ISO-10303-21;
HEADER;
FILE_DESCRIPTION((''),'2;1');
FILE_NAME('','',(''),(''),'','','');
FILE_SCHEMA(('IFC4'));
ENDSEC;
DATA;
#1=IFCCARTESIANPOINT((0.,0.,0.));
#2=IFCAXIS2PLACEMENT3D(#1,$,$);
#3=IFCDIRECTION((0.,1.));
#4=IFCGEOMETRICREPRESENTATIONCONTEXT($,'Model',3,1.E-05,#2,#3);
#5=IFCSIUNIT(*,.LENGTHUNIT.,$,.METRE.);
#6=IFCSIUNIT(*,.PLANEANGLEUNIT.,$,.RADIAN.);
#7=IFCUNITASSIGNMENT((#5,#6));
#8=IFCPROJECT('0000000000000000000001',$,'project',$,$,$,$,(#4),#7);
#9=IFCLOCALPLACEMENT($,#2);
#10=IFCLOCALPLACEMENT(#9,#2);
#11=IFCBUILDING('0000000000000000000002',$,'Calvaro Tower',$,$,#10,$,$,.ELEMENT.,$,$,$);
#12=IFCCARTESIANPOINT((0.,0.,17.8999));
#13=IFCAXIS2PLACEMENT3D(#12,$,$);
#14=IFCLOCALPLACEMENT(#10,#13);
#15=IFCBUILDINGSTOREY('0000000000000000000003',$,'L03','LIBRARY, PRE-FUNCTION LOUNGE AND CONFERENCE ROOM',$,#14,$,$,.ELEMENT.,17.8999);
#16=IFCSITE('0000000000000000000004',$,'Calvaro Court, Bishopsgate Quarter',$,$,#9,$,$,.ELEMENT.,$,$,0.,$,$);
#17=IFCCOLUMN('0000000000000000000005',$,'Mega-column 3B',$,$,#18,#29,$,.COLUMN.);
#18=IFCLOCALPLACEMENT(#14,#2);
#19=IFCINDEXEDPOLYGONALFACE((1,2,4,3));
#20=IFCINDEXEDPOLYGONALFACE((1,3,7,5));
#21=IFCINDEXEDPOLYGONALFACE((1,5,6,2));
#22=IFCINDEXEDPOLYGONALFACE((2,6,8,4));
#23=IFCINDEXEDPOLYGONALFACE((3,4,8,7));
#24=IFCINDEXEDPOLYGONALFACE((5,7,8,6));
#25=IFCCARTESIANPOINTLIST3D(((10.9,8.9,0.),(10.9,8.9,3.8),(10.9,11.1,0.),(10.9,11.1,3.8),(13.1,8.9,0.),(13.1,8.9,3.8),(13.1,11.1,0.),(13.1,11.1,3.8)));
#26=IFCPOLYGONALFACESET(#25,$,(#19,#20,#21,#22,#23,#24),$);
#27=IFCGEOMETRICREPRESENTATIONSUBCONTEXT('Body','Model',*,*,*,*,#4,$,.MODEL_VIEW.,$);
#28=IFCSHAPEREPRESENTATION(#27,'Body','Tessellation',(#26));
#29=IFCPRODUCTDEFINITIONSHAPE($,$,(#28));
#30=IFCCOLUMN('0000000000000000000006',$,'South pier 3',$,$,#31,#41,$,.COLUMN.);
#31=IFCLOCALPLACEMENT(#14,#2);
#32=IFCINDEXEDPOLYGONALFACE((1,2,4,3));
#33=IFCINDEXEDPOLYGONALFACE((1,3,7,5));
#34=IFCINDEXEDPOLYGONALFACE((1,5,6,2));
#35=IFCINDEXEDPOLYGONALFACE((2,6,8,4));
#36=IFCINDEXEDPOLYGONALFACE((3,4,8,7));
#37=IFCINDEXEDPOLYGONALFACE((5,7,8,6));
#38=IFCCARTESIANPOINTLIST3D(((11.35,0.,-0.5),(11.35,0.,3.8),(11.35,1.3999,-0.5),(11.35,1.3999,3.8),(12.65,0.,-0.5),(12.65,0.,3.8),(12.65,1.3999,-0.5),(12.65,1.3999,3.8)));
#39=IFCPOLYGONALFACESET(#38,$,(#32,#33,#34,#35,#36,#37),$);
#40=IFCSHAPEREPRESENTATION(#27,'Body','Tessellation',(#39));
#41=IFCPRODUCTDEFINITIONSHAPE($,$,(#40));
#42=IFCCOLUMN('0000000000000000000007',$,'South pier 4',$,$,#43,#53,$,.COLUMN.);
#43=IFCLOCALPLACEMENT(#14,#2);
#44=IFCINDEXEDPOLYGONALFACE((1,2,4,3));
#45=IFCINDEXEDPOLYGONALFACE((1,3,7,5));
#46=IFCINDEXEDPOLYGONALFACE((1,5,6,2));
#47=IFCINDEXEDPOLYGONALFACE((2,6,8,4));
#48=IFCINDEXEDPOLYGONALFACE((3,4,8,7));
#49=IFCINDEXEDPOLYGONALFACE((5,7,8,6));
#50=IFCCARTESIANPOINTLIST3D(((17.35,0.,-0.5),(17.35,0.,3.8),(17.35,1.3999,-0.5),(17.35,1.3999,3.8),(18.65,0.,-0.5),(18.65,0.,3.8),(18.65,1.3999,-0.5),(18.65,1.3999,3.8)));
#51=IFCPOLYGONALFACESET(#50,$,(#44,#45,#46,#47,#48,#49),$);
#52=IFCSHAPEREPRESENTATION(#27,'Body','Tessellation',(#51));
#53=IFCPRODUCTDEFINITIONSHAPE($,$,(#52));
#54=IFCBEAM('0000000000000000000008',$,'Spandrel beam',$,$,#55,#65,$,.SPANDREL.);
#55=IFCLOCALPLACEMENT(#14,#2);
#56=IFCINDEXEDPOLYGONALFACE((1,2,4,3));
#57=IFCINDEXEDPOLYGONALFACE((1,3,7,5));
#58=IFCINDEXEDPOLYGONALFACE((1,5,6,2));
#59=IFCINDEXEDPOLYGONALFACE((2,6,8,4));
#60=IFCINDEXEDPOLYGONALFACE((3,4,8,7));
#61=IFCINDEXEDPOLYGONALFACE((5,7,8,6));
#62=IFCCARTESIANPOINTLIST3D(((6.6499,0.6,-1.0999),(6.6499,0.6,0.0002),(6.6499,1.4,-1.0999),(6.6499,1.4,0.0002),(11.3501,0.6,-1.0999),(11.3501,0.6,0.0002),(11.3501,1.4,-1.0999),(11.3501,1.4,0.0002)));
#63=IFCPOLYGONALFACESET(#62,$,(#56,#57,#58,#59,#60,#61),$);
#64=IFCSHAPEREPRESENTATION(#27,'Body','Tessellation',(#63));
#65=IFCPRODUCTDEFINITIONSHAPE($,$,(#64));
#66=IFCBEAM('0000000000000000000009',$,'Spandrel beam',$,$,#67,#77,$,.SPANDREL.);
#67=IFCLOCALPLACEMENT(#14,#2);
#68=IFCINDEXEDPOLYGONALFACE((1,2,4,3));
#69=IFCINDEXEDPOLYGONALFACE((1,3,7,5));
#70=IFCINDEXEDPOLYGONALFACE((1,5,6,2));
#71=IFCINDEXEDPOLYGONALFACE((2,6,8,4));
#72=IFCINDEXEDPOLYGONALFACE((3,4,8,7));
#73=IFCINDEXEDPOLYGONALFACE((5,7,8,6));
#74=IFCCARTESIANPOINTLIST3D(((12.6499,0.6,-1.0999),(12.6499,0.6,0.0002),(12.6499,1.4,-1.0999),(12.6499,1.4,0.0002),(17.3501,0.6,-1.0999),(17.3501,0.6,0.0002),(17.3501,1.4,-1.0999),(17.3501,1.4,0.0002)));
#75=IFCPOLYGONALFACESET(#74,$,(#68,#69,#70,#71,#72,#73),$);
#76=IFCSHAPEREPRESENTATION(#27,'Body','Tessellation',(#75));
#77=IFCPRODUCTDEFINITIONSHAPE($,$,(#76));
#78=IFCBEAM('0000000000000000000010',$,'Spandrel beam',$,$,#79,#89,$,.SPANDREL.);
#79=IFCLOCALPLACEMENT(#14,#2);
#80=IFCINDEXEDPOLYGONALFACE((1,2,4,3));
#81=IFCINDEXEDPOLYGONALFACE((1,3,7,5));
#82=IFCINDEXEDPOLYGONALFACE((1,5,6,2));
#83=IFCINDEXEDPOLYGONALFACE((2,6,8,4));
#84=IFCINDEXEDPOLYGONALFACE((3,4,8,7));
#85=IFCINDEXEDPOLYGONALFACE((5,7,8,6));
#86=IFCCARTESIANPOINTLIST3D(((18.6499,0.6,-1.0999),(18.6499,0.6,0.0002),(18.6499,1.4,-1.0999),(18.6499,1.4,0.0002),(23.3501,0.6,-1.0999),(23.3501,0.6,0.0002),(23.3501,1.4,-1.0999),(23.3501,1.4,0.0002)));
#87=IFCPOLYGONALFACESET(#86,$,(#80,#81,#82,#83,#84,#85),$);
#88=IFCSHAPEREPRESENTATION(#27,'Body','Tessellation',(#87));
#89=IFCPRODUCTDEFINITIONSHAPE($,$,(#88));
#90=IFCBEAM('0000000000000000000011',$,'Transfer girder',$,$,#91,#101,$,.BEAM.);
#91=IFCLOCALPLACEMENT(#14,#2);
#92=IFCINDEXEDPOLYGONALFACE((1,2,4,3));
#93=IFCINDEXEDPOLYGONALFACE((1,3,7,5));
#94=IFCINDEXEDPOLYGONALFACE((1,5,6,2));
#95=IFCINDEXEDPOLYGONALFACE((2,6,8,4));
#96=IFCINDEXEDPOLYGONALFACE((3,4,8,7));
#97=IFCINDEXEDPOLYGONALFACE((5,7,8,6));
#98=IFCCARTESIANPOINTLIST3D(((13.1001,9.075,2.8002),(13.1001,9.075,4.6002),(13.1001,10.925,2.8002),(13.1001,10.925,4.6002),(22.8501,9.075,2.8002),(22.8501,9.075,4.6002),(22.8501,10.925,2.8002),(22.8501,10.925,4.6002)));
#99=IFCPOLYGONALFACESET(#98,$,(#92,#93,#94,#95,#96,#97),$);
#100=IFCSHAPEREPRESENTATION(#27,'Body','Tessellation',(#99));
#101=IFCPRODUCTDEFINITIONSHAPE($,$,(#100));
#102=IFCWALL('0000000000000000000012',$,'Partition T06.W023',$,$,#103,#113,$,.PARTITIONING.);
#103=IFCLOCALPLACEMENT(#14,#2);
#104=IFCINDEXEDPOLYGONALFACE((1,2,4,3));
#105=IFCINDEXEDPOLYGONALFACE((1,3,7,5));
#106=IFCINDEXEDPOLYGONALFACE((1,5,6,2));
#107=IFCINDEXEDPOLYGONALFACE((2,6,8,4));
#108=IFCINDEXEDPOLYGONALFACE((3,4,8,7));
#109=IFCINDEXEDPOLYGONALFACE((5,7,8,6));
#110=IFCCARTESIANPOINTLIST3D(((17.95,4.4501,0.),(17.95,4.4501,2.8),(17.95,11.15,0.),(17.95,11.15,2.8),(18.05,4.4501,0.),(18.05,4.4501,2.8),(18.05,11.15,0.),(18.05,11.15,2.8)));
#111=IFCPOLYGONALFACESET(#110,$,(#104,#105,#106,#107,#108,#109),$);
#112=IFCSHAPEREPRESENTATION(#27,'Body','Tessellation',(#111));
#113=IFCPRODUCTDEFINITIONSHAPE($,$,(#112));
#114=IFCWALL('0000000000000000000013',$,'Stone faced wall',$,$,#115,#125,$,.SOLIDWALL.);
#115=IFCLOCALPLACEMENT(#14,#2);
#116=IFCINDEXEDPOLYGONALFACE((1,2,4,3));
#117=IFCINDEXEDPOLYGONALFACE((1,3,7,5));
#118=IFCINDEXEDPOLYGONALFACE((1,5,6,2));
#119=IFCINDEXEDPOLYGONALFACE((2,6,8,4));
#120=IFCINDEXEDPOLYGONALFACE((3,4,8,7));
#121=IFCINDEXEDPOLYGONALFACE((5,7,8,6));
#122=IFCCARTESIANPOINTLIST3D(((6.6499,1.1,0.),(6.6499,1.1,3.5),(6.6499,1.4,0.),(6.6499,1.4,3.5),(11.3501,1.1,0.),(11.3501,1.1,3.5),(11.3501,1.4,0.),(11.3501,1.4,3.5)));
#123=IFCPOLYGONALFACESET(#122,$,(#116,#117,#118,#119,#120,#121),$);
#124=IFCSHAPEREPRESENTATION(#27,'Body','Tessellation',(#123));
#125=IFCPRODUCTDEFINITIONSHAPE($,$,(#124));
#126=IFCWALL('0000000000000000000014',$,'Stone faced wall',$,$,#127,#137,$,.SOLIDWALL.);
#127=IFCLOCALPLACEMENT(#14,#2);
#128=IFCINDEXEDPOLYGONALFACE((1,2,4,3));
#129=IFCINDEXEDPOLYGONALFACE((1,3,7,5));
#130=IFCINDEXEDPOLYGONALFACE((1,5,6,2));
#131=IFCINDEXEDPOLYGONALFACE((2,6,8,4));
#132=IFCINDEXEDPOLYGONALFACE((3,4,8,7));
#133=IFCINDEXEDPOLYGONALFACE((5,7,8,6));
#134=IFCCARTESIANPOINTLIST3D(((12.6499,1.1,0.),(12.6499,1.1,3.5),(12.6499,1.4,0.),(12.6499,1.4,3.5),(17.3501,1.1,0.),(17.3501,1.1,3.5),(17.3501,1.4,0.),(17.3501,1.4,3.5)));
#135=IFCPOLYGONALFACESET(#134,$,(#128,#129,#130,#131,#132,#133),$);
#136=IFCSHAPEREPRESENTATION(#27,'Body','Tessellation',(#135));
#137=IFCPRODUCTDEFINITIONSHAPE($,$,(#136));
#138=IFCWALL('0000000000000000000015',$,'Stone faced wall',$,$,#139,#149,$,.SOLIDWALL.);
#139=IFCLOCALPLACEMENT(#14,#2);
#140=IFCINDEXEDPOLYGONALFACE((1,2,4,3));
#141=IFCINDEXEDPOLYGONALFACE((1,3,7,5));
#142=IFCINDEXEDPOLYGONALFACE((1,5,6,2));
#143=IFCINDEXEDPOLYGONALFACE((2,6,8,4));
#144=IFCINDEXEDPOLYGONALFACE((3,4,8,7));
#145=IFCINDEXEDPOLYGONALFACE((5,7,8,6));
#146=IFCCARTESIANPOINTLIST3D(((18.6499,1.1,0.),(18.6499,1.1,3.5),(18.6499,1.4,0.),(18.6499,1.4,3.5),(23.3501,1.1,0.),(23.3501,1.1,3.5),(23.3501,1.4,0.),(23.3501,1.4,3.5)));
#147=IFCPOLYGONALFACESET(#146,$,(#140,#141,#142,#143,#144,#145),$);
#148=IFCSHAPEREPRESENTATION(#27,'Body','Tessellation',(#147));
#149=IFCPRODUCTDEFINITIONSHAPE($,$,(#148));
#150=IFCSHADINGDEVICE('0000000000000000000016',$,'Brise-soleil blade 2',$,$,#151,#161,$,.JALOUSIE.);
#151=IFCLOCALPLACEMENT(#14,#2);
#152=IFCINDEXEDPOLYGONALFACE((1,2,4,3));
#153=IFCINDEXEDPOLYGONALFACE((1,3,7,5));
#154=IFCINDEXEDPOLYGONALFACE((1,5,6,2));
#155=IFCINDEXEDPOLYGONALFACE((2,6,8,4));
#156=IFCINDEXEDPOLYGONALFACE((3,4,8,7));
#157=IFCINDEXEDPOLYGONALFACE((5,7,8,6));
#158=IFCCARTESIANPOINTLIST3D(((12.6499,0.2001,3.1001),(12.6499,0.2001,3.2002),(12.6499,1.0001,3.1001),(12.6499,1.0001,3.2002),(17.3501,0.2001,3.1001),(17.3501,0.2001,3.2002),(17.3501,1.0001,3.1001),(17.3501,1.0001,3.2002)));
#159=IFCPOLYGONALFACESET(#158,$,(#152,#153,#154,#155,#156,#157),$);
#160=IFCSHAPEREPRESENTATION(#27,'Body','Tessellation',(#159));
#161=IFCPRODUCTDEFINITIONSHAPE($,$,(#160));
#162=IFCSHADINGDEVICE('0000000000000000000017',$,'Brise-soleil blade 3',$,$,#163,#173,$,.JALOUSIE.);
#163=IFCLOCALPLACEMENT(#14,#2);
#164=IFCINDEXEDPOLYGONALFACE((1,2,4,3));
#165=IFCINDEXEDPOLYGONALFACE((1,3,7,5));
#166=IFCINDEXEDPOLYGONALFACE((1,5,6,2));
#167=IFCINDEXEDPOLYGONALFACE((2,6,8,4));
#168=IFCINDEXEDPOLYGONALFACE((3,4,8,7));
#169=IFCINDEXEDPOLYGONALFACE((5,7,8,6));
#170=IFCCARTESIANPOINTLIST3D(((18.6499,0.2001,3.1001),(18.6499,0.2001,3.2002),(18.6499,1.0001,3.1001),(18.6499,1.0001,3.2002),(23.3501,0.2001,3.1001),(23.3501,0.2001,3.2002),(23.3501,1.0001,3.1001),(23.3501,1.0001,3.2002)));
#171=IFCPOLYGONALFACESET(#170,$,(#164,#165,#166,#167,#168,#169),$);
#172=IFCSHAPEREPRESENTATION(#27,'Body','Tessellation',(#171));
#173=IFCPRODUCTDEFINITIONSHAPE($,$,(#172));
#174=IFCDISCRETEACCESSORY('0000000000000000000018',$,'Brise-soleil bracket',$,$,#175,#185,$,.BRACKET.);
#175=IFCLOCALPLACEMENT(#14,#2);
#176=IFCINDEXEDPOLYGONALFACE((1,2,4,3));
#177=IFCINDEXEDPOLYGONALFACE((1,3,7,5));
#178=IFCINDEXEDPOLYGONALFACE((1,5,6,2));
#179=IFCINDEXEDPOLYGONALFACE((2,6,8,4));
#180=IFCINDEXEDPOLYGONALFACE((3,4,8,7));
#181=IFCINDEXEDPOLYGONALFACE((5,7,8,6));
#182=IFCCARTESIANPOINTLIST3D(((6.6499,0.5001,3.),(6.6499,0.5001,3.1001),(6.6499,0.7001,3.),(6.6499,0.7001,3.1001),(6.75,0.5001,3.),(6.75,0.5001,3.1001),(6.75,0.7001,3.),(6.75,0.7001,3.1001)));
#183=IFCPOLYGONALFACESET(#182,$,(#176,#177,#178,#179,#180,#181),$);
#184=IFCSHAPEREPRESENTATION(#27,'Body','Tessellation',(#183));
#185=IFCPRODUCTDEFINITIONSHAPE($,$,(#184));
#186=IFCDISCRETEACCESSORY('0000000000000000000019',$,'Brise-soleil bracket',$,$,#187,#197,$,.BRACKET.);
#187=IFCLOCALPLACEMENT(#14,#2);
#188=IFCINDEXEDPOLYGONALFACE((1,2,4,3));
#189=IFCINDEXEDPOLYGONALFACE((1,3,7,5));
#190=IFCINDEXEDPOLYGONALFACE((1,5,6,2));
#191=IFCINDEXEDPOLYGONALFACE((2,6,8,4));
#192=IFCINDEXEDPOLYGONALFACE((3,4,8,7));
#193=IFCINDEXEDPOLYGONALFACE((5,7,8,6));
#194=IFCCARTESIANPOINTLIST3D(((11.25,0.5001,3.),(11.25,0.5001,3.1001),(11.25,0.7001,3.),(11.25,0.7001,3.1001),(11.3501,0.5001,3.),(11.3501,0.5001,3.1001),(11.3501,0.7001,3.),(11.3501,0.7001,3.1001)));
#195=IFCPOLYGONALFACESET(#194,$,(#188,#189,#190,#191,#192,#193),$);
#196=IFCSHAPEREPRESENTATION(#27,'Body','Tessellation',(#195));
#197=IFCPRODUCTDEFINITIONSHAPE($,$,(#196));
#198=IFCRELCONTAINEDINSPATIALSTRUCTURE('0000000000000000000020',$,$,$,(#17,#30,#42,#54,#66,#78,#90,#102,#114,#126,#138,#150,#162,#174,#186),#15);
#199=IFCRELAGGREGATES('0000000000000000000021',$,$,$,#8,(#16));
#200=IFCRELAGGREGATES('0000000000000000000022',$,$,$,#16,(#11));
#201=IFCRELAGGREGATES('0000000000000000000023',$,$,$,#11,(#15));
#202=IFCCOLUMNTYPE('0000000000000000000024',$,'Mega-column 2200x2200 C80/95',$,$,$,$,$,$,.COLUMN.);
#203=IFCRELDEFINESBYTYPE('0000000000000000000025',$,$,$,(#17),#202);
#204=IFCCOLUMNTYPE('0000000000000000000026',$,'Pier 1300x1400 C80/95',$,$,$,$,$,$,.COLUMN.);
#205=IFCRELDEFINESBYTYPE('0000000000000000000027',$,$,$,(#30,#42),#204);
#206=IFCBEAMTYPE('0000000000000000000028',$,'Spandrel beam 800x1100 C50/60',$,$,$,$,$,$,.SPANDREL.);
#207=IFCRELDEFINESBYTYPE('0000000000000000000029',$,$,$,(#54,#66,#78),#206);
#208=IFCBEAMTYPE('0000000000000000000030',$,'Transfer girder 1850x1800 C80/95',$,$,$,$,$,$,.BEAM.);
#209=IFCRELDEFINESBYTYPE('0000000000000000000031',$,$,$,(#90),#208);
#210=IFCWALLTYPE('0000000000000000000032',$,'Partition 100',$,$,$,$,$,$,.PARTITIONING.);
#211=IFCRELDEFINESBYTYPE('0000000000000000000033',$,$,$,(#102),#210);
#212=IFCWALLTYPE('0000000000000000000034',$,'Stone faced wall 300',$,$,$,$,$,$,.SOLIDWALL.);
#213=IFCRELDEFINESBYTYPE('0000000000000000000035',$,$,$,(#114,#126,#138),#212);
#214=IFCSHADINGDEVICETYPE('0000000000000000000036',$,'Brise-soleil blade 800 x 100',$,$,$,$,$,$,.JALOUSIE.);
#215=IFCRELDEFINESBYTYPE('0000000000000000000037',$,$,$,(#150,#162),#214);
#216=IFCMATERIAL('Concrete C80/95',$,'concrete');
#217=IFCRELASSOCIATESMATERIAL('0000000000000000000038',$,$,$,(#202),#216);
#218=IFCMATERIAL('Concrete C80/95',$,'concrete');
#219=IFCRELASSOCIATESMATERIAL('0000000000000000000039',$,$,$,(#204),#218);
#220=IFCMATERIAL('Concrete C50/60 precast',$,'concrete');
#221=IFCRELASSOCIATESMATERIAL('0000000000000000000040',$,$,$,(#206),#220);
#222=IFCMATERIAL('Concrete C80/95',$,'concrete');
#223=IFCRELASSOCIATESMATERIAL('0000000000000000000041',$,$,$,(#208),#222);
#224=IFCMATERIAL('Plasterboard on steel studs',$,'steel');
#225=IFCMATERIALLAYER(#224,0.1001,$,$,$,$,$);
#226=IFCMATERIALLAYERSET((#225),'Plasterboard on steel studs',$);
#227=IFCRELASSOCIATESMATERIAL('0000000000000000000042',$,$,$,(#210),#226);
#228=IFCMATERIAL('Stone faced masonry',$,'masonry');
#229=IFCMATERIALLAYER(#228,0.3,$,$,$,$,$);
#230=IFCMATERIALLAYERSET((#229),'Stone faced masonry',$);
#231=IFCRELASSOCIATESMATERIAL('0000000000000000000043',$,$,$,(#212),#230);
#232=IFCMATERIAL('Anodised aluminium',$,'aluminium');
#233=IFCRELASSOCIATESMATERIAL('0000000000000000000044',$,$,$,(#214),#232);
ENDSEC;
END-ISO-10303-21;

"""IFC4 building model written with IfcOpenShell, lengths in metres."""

from ifc_helpers import new_model, si_unit, direction, frame, frame_2d, origin, origin_2d, place, context, subcontext, project, spatial, rectangle, extrude, material, layer, layer_set, material_profile, profile_set, type_object, element, save


model = new_model("IFC4")

# Units and contexts
model_context = context("Model", 3, precision=1e-05, world=origin(), true_north=direction((0.0, 1.0)))
body_context = subcontext(model_context, "Body", "Model", "MODEL_VIEW")
ifc_project = project(units=[si_unit("LENGTHUNIT", "METRE"), si_unit("PLANEANGLEUNIT", "RADIAN")], contexts=[model_context])

# Site, building, storey
site_placement = place(None, origin())
site = spatial("IfcSite", under=ifc_project, at=site_placement, Name="Calvaro Court, Bishopsgate Quarter", CompositionType="ELEMENT", RefElevation=0.0)
building_placement = place(site_placement, origin())
building = spatial("IfcBuilding", under=site, at=building_placement, Name="Calvaro Tower", CompositionType="ELEMENT")
storey_placement = place(building_placement, frame((0.0, 0.0, 17.8999)))
storey = spatial("IfcBuildingStorey", under=building, at=storey_placement, Name="L03", Description="LIBRARY, PRE-FUNCTION LOUNGE AND CONFERENCE ROOM", CompositionType="ELEMENT", Elevation=17.8999)

# Columns
ifc_material_1 = material(Name="Concrete C80/95", Category="concrete")
ifc_material_profile_1 = material_profile(ifc_material_1, rectangle(XDim=2.2, YDim=2.2, at=origin_2d()), Name="RC 2200x2200")
ifc_profile_set_1 = profile_set([ifc_material_profile_1], Name="Concrete C80/95")
column_type_1 = type_object("IfcColumnType", Name="Mega-column 2200x2200 C80/95", PredefinedType="COLUMN", material=ifc_profile_set_1)
column_placement = place(storey_placement, frame((12.0, 10.0, 0.0), z_axis=(0.0, 0.0, 1.0), x_axis=(1.0, 0.0, 0.0)))
element("IfcColumn", 1, at=column_placement, inside=storey, type_object=column_type_1, Name="Mega-column 3B", PredefinedType="COLUMN", context=body_context, shape_type="SweptSolid", body=[
    extrude(rectangle(XDim=2.2, YDim=2.2, at=origin_2d()), origin(), (0.0, 0.0, 1.0), 3.8),
])
ifc_material_2 = material(Name="Concrete C80/95", Category="concrete")
ifc_material_profile_2 = material_profile(ifc_material_2, rectangle(XDim=1.3, YDim=1.3999, at=origin_2d()), Name="RC 1300x1400")
ifc_profile_set_2 = profile_set([ifc_material_profile_2], Name="Concrete C80/95")
column_type_2 = type_object("IfcColumnType", Name="Pier 1300x1400 C80/95", PredefinedType="COLUMN", material=ifc_profile_set_2)
for number, where, z_axis, x_axis, name in (
    (2, (12.0, 0.7, -0.5), (0.0, 0.0, 1.0), (1.0, 0.0, 0.0), "South pier 3"),
    (3, (18.0, 0.7, -0.5), (0.0, 0.0, 1.0), (1.0, 0.0, 0.0), "South pier 4"),
):
    element("IfcColumn", number, at=place(storey_placement, frame(where, z_axis=z_axis, x_axis=x_axis)), inside=storey, type_object=column_type_2, Name=name, PredefinedType="COLUMN", context=body_context, shape_type="SweptSolid", body=[
        extrude(rectangle(XDim=1.3, YDim=1.3999, at=origin_2d()), origin(), (0.0, 0.0, 1.0), 4.3),
    ])

# Beams
ifc_material_3 = material(Name="Concrete C50/60 precast", Category="concrete")
ifc_material_profile_3 = material_profile(ifc_material_3, rectangle(XDim=0.8, YDim=1.1001, at=origin_2d()), Name="RC 800x1100")
ifc_profile_set_3 = profile_set([ifc_material_profile_3], Name="Concrete C50/60 precast")
beam_type_1 = type_object("IfcBeamType", Name="Spandrel beam 800x1100 C50/60", PredefinedType="SPANDREL", material=ifc_profile_set_3)
for number, where, z_axis, x_axis, name in (
    (4, (6.6499, 1.0, -0.5498), (1.0, 0.0, 0.0), (0.0, 1.0, 0.0), "Spandrel beam"),
    (5, (12.6499, 1.0, -0.5498), (1.0, 0.0, 0.0), (0.0, 1.0, 0.0), "Spandrel beam"),
    (6, (18.6499, 1.0, -0.5498), (1.0, 0.0, 0.0), (0.0, 1.0, 0.0), "Spandrel beam"),
):
    element("IfcBeam", number, at=place(storey_placement, frame(where, z_axis=z_axis, x_axis=x_axis)), inside=storey, type_object=beam_type_1, Name=name, PredefinedType="SPANDREL", context=body_context, shape_type="SweptSolid", body=[
        extrude(rectangle(XDim=0.8, YDim=1.1001, at=origin_2d()), origin(), (0.0, 0.0, 1.0), 4.7002),
    ])
ifc_material_4 = material(Name="Concrete C80/95", Category="concrete")
ifc_material_profile_4 = material_profile(ifc_material_4, rectangle(XDim=1.8501, YDim=1.8, at=origin_2d()), Name="RC 1850x1800")
ifc_profile_set_4 = profile_set([ifc_material_profile_4], Name="Concrete C80/95")
beam_type_2 = type_object("IfcBeamType", Name="Transfer girder 1850x1800 C80/95", PredefinedType="BEAM", material=ifc_profile_set_4)
beam_placement = place(storey_placement, frame((13.1001, 10.0, 3.7002), z_axis=(1.0, 0.0, 0.0), x_axis=(0.0, 1.0, 0.0)))
element("IfcBeam", 7, at=beam_placement, inside=storey, type_object=beam_type_2, Name="Transfer girder", PredefinedType="BEAM", context=body_context, shape_type="SweptSolid", body=[
    extrude(rectangle(XDim=1.8501, YDim=1.8, at=origin_2d()), origin(), (0.0, 0.0, 1.0), 9.75),
])

# Walls
ifc_material_5 = material(Name="Plasterboard on steel studs", Category="steel")
ifc_layer_1 = layer(ifc_material_5, 0.1001)
ifc_layer_set_1 = layer_set([ifc_layer_1], Name="Plasterboard on steel studs")
wall_type_1 = type_object("IfcWallType", Name="Partition 100", PredefinedType="PARTITIONING", material=ifc_layer_set_1)
wall_placement = place(storey_placement, frame((18.0, 4.45, 0.0), z_axis=(0.0, 0.0, 1.0), x_axis=(0.0, 1.0, 0.0)))
element("IfcWall", 8, at=wall_placement, inside=storey, type_object=wall_type_1, Name="Partition T06.W023", PredefinedType="PARTITIONING", context=body_context, shape_type="SweptSolid", body=[
    extrude(rectangle(XDim=6.7, YDim=0.1001, at=frame_2d((3.3501, 0.0))), origin(), (0.0, 0.0, 1.0), 2.8),
])
ifc_material_6 = material(Name="Stone faced masonry", Category="masonry")
ifc_layer_2 = layer(ifc_material_6, 0.3)
ifc_layer_set_2 = layer_set([ifc_layer_2], Name="Stone faced masonry")
wall_type_2 = type_object("IfcWallType", Name="Stone faced wall 300", PredefinedType="SOLIDWALL", material=ifc_layer_set_2)
for number, where, z_axis, x_axis, name in (
    (9, (6.6499, 1.25, 0.0), (0.0, 0.0, 1.0), (1.0, 0.0, 0.0), "Stone faced wall"),
    (10, (12.6499, 1.25, 0.0), (0.0, 0.0, 1.0), (1.0, 0.0, 0.0), "Stone faced wall"),
    (11, (18.6499, 1.25, 0.0), (0.0, 0.0, 1.0), (1.0, 0.0, 0.0), "Stone faced wall"),
):
    element("IfcWall", number, at=place(storey_placement, frame(where, z_axis=z_axis, x_axis=x_axis)), inside=storey, type_object=wall_type_2, Name=name, PredefinedType="SOLIDWALL", context=body_context, shape_type="SweptSolid", body=[
        extrude(rectangle(XDim=4.7002, YDim=0.3, at=frame_2d((2.3501, 0.0))), origin(), (0.0, 0.0, 1.0), 3.5),
    ])

# Shading devices
ifc_material_7 = material(Name="Anodised aluminium", Category="aluminium")
ifc_material_profile_5 = material_profile(ifc_material_7, rectangle(XDim=0.8, YDim=0.1001, at=origin_2d()), Name="Brise-soleil blade 800 x 100")
ifc_profile_set_5 = profile_set([ifc_material_profile_5], Name="Anodised aluminium")
shading_device_type = type_object("IfcShadingDeviceType", Name="Brise-soleil blade 800 x 100", PredefinedType="JALOUSIE", material=ifc_profile_set_5)
for number, where, z_axis, x_axis, name in (
    (12, (12.6499, 0.6001, 3.1501), (1.0, 0.0, 0.0), (0.0, 1.0, 0.0), "Brise-soleil blade 2"),
    (13, (18.6499, 0.6001, 3.1501), (1.0, 0.0, 0.0), (0.0, 1.0, 0.0), "Brise-soleil blade 3"),
):
    element("IfcShadingDevice", number, at=place(storey_placement, frame(where, z_axis=z_axis, x_axis=x_axis)), inside=storey, type_object=shading_device_type, Name=name, PredefinedType="JALOUSIE", context=body_context, shape_type="SweptSolid", body=[
        extrude(rectangle(XDim=0.8, YDim=0.1001, at=origin_2d()), origin(), (0.0, 0.0, 1.0), 4.7002),
    ])

# Discrete accessories
for number, where, z_axis, x_axis, name in (
    (14, (6.7, 0.6001, 3.0), (0.0, 0.0, 1.0), (1.0, 0.0, 0.0), "Brise-soleil bracket"),
    (15, (11.3, 0.6001, 3.0), (0.0, 0.0, 1.0), (1.0, 0.0, 0.0), "Brise-soleil bracket"),
):
    element("IfcDiscreteAccessory", number, at=place(storey_placement, frame(where, z_axis=z_axis, x_axis=x_axis)), inside=storey, Name=name, PredefinedType="BRACKET", context=body_context, shape_type="SweptSolid", body=[
        extrude(rectangle(XDim=0.1001, YDim=0.2, at=origin_2d()), origin(), (0.0, 0.0, 1.0), 0.1001),
    ])

save(model, "model.ifc")
